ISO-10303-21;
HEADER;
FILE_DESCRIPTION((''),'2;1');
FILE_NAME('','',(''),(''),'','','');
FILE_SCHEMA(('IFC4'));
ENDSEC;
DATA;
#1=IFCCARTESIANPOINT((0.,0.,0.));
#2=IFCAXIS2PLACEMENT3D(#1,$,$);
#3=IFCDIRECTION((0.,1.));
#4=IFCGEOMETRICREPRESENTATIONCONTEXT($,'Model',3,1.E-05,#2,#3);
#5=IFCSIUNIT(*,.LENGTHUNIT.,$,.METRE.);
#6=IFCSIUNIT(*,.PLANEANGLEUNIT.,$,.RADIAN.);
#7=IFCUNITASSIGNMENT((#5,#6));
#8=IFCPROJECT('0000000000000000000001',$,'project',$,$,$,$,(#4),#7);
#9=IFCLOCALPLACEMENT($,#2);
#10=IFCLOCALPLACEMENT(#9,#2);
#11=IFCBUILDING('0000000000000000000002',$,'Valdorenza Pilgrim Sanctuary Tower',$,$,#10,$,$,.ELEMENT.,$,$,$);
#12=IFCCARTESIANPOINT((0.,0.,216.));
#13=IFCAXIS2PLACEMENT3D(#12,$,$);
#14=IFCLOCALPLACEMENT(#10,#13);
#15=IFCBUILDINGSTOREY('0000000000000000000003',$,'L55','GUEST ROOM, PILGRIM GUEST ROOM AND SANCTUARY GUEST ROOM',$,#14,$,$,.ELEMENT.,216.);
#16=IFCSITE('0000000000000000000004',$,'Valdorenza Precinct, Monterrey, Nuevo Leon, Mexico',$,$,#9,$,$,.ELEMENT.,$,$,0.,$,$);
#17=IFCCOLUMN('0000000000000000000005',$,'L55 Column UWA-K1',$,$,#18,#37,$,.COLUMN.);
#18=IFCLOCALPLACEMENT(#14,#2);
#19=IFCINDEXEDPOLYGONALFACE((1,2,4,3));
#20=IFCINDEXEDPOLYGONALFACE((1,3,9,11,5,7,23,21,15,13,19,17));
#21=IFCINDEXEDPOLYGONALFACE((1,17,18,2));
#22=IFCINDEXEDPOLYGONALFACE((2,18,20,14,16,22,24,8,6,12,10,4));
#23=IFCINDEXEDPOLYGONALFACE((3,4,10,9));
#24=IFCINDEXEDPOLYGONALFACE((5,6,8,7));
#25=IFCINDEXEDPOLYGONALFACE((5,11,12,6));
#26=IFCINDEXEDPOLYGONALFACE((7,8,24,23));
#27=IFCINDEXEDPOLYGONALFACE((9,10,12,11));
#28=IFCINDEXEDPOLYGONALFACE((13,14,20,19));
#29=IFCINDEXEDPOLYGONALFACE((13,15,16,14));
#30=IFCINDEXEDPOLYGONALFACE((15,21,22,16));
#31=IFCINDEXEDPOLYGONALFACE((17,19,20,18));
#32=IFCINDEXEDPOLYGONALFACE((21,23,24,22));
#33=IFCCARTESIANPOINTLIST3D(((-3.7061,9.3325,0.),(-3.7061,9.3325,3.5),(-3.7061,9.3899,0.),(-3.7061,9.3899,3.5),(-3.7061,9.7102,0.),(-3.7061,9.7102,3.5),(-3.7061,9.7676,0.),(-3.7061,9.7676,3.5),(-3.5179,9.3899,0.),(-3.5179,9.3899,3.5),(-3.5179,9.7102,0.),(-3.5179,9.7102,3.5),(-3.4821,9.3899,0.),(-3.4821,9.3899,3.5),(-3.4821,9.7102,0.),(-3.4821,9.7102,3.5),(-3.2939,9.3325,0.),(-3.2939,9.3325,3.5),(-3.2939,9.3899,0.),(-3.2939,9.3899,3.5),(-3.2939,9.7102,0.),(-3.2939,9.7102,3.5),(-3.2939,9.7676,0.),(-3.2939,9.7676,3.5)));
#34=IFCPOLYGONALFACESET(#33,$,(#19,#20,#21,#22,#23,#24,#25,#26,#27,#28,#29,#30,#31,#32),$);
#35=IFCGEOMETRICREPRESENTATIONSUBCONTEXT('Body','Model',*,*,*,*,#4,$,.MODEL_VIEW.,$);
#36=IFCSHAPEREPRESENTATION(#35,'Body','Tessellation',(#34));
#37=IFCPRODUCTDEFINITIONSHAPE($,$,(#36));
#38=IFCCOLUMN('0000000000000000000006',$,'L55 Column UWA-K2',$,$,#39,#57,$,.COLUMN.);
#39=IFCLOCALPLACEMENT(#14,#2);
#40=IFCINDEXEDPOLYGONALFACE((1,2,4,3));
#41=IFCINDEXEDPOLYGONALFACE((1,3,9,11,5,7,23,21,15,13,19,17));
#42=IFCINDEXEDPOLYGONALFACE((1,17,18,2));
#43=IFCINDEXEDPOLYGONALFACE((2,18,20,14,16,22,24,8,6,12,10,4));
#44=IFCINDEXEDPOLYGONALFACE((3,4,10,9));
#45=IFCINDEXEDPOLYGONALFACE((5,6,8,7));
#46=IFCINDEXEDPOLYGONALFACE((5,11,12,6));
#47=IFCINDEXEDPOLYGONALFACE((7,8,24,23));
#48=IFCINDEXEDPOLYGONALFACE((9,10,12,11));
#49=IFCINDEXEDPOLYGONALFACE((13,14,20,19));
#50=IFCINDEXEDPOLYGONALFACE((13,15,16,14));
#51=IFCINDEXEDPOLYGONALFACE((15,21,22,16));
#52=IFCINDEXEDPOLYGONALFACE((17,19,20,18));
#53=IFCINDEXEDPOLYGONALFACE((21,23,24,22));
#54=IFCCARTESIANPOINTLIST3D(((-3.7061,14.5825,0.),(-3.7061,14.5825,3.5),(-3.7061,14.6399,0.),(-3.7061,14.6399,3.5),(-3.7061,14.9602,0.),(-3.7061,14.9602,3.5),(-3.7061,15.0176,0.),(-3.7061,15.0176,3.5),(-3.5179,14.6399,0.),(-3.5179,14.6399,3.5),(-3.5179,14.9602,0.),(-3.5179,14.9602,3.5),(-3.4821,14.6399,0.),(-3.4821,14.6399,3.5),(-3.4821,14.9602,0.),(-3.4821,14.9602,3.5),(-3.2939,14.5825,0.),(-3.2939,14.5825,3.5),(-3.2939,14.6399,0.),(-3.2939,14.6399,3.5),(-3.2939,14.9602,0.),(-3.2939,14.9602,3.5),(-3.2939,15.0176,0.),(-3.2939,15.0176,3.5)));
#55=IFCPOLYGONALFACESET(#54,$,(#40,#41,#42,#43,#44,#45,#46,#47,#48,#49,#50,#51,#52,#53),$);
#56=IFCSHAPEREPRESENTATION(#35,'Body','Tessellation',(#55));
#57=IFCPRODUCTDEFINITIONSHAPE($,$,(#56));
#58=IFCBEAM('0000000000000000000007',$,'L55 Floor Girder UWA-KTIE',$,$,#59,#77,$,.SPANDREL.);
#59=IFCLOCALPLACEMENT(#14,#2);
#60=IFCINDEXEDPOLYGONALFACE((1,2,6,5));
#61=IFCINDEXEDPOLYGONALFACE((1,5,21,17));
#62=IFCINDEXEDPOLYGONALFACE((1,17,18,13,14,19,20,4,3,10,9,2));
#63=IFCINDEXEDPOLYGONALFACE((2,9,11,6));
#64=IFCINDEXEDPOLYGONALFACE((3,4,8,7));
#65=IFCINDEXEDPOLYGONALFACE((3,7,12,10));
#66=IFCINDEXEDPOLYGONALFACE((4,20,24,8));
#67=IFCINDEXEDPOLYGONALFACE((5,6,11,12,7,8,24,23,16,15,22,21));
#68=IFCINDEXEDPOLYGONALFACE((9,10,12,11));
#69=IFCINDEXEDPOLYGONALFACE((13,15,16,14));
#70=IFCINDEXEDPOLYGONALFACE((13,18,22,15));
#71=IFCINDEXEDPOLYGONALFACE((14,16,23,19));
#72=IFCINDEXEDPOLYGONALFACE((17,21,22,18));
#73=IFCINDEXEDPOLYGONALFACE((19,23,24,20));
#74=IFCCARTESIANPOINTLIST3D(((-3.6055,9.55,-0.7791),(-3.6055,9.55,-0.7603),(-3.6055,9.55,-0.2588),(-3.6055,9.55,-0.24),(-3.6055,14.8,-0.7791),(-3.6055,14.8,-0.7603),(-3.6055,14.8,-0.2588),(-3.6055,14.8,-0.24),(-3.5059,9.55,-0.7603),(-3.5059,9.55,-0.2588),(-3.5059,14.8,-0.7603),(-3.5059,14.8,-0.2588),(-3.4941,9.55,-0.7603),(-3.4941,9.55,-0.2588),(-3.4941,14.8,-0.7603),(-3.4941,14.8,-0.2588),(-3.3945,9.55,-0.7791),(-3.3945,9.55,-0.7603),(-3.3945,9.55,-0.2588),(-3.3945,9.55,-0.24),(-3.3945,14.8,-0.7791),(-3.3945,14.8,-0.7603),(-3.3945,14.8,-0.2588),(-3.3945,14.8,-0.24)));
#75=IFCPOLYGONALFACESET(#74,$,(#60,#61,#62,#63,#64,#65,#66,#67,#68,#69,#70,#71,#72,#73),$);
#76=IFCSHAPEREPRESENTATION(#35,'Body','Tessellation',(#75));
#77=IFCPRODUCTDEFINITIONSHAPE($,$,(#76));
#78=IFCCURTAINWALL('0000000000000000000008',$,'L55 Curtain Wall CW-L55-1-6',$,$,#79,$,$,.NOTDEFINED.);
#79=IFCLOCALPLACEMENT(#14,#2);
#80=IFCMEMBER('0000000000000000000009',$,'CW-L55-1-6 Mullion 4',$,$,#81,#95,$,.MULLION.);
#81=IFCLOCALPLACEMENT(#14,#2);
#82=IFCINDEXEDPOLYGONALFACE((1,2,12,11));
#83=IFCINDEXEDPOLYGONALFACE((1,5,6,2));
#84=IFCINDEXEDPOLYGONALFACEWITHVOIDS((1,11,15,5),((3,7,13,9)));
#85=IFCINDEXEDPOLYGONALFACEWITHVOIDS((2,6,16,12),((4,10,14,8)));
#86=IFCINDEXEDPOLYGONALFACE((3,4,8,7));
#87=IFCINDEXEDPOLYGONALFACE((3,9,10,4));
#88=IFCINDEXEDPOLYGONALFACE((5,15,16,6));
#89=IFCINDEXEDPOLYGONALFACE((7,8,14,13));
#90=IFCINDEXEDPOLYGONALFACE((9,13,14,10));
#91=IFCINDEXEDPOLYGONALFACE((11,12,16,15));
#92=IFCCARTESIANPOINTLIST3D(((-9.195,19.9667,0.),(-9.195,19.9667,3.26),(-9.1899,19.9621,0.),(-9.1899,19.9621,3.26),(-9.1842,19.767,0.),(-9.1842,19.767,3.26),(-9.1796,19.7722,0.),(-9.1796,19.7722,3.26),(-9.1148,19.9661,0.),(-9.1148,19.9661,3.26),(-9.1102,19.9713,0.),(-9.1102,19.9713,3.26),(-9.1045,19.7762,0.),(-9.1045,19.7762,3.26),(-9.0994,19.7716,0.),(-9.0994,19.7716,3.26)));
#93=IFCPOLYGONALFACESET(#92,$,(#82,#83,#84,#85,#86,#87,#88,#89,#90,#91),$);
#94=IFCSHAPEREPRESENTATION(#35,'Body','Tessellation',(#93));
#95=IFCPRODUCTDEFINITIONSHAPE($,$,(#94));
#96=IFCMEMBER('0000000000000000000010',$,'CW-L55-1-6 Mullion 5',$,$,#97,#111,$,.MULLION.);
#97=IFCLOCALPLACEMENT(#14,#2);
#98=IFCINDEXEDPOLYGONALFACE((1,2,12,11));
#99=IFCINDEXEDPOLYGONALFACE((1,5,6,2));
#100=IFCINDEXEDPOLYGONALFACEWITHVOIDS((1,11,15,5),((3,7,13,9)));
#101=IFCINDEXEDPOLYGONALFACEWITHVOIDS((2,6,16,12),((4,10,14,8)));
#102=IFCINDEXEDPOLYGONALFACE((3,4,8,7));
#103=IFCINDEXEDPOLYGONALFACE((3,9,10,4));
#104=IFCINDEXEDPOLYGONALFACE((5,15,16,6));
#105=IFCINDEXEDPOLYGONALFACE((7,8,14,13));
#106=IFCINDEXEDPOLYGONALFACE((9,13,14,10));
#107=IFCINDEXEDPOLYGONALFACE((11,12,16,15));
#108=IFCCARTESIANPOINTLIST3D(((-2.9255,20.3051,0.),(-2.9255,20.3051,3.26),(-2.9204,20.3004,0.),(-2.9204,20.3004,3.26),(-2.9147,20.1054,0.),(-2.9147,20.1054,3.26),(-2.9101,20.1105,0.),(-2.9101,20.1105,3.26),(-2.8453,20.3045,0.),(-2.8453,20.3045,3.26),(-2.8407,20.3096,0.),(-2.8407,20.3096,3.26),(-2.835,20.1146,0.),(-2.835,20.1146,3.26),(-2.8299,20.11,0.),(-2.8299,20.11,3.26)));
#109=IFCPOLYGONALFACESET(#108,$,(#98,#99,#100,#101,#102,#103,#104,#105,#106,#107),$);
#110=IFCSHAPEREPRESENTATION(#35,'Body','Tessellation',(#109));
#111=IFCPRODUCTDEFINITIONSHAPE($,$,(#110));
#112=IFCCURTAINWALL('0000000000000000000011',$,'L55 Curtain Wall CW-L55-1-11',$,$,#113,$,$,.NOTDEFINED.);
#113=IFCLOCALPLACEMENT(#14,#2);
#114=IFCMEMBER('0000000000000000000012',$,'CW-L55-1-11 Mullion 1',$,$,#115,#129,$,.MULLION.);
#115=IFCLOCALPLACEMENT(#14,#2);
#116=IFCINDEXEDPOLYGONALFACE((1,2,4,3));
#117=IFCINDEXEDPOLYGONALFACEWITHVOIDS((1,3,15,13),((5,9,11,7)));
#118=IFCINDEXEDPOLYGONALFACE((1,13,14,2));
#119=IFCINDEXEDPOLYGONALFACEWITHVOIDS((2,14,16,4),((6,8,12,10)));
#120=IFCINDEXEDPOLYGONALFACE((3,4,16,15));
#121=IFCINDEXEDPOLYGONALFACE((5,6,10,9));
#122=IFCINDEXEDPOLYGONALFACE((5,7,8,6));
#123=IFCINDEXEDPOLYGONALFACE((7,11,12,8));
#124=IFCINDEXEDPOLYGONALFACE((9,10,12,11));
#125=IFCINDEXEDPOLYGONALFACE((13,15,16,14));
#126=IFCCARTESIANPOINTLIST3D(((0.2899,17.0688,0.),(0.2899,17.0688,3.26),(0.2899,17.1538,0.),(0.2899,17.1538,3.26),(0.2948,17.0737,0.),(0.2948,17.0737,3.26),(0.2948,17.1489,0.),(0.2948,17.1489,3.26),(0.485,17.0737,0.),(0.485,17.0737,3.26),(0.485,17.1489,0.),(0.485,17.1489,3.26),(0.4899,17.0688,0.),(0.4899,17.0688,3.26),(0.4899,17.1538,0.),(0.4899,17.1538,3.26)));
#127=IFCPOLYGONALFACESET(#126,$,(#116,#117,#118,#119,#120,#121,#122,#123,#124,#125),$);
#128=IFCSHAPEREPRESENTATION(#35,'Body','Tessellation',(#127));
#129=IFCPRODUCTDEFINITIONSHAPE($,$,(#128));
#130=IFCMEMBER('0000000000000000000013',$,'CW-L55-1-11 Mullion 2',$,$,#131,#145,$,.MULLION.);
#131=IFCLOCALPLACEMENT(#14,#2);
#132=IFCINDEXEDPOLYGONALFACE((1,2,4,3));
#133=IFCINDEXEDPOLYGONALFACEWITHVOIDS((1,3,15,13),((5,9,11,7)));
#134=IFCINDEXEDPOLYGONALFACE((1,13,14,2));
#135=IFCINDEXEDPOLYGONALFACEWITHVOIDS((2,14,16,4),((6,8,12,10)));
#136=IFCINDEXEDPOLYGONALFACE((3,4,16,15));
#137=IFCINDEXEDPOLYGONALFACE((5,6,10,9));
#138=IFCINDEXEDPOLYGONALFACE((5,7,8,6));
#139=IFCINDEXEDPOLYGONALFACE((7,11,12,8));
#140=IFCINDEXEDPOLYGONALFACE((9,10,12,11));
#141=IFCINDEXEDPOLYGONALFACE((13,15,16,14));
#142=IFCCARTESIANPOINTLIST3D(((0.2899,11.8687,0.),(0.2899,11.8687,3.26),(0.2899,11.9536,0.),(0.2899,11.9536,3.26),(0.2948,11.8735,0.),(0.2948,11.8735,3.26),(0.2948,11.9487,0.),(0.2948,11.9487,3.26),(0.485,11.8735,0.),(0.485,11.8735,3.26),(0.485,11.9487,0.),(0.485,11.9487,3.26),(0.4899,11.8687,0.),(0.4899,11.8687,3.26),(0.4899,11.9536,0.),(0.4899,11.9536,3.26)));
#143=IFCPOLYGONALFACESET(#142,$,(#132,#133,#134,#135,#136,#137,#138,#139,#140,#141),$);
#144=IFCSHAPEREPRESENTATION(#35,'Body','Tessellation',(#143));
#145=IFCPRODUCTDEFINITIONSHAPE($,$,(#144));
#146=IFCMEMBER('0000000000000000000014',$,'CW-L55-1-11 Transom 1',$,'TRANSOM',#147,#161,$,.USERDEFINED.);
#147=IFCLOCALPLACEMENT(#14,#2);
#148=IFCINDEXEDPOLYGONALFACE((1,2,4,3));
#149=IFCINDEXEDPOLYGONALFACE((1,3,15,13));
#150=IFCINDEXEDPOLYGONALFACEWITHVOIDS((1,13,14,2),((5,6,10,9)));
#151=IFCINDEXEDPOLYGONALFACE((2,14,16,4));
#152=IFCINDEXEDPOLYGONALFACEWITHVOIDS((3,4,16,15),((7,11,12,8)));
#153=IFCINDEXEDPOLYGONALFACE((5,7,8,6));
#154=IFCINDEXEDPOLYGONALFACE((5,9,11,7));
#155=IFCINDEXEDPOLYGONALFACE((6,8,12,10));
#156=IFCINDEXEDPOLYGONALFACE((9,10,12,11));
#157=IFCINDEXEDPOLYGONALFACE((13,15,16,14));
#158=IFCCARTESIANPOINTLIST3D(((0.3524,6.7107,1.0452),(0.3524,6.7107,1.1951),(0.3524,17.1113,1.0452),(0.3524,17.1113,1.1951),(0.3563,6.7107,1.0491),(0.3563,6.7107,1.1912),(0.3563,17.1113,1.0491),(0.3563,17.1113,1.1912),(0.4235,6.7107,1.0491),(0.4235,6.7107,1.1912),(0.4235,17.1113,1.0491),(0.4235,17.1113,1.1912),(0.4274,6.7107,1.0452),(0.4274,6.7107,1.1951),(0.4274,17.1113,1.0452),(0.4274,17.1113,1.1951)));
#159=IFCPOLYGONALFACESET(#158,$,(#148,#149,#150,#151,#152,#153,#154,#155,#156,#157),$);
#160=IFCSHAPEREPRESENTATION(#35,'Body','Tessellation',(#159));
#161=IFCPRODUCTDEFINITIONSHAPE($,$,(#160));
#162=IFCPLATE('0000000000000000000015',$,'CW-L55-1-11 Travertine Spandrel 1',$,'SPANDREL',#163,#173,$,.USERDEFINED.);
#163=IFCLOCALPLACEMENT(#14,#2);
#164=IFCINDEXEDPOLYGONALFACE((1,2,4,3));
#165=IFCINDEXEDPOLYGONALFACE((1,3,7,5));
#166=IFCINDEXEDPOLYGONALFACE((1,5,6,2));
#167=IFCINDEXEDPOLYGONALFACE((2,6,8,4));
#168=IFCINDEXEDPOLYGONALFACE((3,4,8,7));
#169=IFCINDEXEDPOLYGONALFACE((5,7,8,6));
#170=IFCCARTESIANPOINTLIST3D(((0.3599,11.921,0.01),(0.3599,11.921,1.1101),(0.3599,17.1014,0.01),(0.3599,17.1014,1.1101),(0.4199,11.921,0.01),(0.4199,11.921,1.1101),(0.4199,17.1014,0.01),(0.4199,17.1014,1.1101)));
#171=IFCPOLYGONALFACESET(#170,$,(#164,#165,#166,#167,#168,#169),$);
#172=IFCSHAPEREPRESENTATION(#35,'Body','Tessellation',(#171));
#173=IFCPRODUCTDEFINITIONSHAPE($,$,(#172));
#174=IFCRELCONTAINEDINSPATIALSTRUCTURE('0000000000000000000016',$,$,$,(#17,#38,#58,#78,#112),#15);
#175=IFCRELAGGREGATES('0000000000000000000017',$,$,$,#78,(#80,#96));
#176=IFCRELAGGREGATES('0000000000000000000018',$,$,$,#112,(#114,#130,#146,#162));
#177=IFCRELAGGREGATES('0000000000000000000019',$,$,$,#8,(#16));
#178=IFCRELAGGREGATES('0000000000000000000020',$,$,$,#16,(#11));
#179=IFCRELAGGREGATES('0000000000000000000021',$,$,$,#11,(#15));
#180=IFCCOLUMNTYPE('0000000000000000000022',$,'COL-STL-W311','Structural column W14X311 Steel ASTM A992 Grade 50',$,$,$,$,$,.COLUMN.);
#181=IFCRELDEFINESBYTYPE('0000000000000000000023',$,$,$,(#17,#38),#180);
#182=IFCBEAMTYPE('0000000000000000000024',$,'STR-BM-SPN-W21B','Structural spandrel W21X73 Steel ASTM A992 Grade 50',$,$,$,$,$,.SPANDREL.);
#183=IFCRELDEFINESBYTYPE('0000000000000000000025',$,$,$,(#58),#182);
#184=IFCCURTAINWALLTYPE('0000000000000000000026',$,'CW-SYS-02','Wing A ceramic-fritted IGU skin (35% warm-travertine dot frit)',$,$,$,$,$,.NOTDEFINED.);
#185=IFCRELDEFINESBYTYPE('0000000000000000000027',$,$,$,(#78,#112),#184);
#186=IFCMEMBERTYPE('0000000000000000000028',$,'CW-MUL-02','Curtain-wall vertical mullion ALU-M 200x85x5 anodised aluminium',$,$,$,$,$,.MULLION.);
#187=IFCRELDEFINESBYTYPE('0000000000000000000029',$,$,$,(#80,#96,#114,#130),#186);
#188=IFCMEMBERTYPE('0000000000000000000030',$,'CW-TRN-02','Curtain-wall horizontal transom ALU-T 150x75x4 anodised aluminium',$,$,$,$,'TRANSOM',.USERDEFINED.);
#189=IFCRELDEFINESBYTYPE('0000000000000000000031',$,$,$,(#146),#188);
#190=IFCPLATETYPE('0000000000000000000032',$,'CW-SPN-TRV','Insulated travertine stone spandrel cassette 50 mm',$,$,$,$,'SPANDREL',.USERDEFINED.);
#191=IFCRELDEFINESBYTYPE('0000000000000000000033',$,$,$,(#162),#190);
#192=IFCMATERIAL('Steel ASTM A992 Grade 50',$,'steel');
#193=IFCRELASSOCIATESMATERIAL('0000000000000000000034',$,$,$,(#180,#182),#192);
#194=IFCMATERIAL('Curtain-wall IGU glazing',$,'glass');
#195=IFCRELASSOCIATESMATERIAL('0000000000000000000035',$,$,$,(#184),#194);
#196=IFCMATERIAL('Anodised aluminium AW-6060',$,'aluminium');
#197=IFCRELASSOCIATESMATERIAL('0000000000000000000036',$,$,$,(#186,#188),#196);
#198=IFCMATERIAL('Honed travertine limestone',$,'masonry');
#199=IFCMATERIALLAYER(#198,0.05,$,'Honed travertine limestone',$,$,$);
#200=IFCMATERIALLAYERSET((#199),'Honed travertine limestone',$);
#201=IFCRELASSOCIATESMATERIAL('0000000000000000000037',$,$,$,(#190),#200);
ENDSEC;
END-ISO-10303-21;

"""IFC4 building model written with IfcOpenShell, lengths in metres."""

from ifc_helpers import new_model, si_unit, direction, frame, origin, origin_2d, place, context, subcontext, project, spatial, rectangle, hollow_rectangle, i_section, extrude, source, transform, mapped, material, layer, layer_set, material_profile, profile_set, type_object, element, aggregate, save


model = new_model("IFC4")

# Units and contexts
model_context = context("Model", 3, precision=1e-05, world=origin(), true_north=direction((0.0, 1.0)))
body_context = subcontext(model_context, "Body", "Model", "MODEL_VIEW")
ifc_project = project(units=[si_unit("LENGTHUNIT", "METRE"), si_unit("PLANEANGLEUNIT", "RADIAN")], contexts=[model_context])

# Site, building, storey
site_placement = place(None, origin())
site = spatial("IfcSite", under=ifc_project, at=site_placement, Name="Valdorenza Precinct, Monterrey, Nuevo Leon, Mexico", CompositionType="ELEMENT", RefElevation=0.0)
building_placement = place(site_placement, origin())
building = spatial("IfcBuilding", under=site, at=building_placement, Name="Valdorenza Pilgrim Sanctuary Tower", CompositionType="ELEMENT")
storey_placement = place(building_placement, frame((0.0, 0.0, 216.0)))
storey = spatial("IfcBuildingStorey", under=building, at=storey_placement, Name="L55", Description="GUEST ROOM, PILGRIM GUEST ROOM AND SANCTUARY GUEST ROOM", CompositionType="ELEMENT", Elevation=216.0)

# Columns
ifc_material_1 = material(Name="Steel ASTM A992 Grade 50", Category="steel")
ifc_material_profile_1 = material_profile(ifc_material_1, i_section(OverallWidth=0.4121, OverallDepth=0.4351, WebThickness=0.0359, FlangeThickness=0.0574, at=origin_2d()), Name="W14X311")
ifc_profile_set_1 = profile_set([ifc_material_profile_1], Name="Steel ASTM A992 Grade 50")
column_type = type_object("IfcColumnType", Name="COL-STL-W311", Description="Structural column W14X311 Steel ASTM A992 Grade 50", PredefinedType="COLUMN", material=ifc_profile_set_1)
shared_shape_1 = source(origin(), body_context, "Body", "SweptSolid", [
    extrude(i_section(OverallWidth=0.4121, OverallDepth=0.4351, WebThickness=0.0359, FlangeThickness=0.0574, at=origin_2d()), origin(), (0.0, 0.0, 1.0), 3.5),
])
for number, where, z_axis, x_axis, name in (
    (1, (-3.5, 9.55, 0.0), (0.0, 0.0, 1.0), (1.0, 0.0, 0.0), "L55 Column UWA-K1"),
    (2, (-3.5, 14.8, 0.0), (0.0, 0.0, 1.0), (1.0, 0.0, 0.0), "L55 Column UWA-K2"),
):
    element("IfcColumn", number, at=place(storey_placement, frame(where, z_axis=z_axis, x_axis=x_axis)), inside=storey, type_object=column_type, Name=name, PredefinedType="COLUMN", context=body_context, shape_type="MappedRepresentation", body=[
        mapped(shared_shape_1, transform((0.0, 0.0, 0.0), x_axis=(1.0, 0.0, 0.0), y_axis=(0.0, 1.0, 0.0), z_axis=(0.0, 0.0, 1.0), scale=1.0)),
    ])

# Beam
ifc_material_profile_2 = material_profile(ifc_material_1, i_section(OverallWidth=0.2109, OverallDepth=0.5391, WebThickness=0.0117, FlangeThickness=0.0188, at=origin_2d()), Name="W21X73")
ifc_profile_set_2 = profile_set([ifc_material_profile_2], Name="Steel ASTM A992 Grade 50")
beam_type = type_object("IfcBeamType", Name="STR-BM-SPN-W21B", Description="Structural spandrel W21X73 Steel ASTM A992 Grade 50", PredefinedType="SPANDREL", material=ifc_profile_set_2)
shared_shape_2 = source(origin(), body_context, "Body", "SweptSolid", [
    extrude(i_section(OverallWidth=0.2109, OverallDepth=0.5391, WebThickness=0.0117, FlangeThickness=0.0188, at=origin_2d()), origin(), (0.0, 0.0, 1.0), 5.25),
])
beam_placement = place(storey_placement, frame((-3.5, 9.55, -0.5095), z_axis=(0.0, 1.0, 0.0), x_axis=(-1.0, 0.0, 0.0)))
element("IfcBeam", 3, at=beam_placement, inside=storey, type_object=beam_type, Name="L55 Floor Girder UWA-KTIE", PredefinedType="SPANDREL", context=body_context, shape_type="MappedRepresentation", body=[
    mapped(shared_shape_2, transform((0.0, 0.0, 0.0), x_axis=(1.0, 0.0, 0.0), y_axis=(0.0, 1.0, 0.0), z_axis=(0.0, 0.0, 1.0), scale=1.0)),
])

# Curtain wall, members
ifc_material_2 = material(Name="Curtain-wall IGU glazing", Category="glass")
curtain_wall_type = type_object("IfcCurtainWallType", Name="CW-SYS-02", Description="Wing A ceramic-fritted IGU skin (35% warm-travertine dot frit)", PredefinedType="NOTDEFINED", material=ifc_material_2)
curtain_wall_1_placement = place(storey_placement, origin())
curtain_wall_1 = element("IfcCurtainWall", 4, at=curtain_wall_1_placement, inside=storey, type_object=curtain_wall_type, Name="L55 Curtain Wall CW-L55-1-6", PredefinedType="NOTDEFINED")
ifc_material_3 = material(Name="Anodised aluminium AW-6060", Category="aluminium")
ifc_material_profile_3 = material_profile(ifc_material_3, hollow_rectangle(XDim=0.085, YDim=0.2, WallThickness=0.0049, at=origin_2d()), Name="ALU-M 200x85x5")
ifc_profile_set_3 = profile_set([ifc_material_profile_3], Name="Anodised aluminium AW-6060")
member_type_1 = type_object("IfcMemberType", Name="CW-MUL-02", Description="Curtain-wall vertical mullion ALU-M 200x85x5 anodised aluminium", PredefinedType="MULLION", material=ifc_profile_set_3)
shared_shape_3 = source(origin(), body_context, "Body", "SweptSolid", [
    extrude(hollow_rectangle(XDim=0.085, YDim=0.2, WallThickness=0.0049, at=origin_2d()), origin(), (0.0, 0.0, 1.0), 3.26),
])
member_1_placement = place(storey_placement, frame((-9.1472, 19.8691, 0.0), z_axis=(0.0, 0.0, 1.0), x_axis=(0.998547, 0.053887, 0.0)))
member_1 = element("IfcMember", 5, at=member_1_placement, type_object=member_type_1, Name="CW-L55-1-6 Mullion 4", PredefinedType="MULLION", context=body_context, shape_type="MappedRepresentation", body=[
    mapped(shared_shape_3, transform((0.0, 0.0, 0.0), x_axis=(1.0, 0.0, 0.0), y_axis=(0.0, 1.0, 0.0), z_axis=(0.0, 0.0, 1.0), scale=1.0)),
])
member_2_placement = place(storey_placement, frame((-2.8777, 20.2075, 0.0), z_axis=(0.0, 0.0, 1.0), x_axis=(0.998547, 0.053887, 0.0)))
member_2 = element("IfcMember", 6, at=member_2_placement, type_object=member_type_1, Name="CW-L55-1-6 Mullion 5", PredefinedType="MULLION", context=body_context, shape_type="MappedRepresentation", body=[
    mapped(shared_shape_3, transform((0.0, 0.0, 0.0), x_axis=(1.0, 0.0, 0.0), y_axis=(0.0, 1.0, 0.0), z_axis=(0.0, 0.0, 1.0), scale=1.0)),
])

# Curtain wall, members, plate
curtain_wall_2_placement = place(storey_placement, origin())
curtain_wall_2 = element("IfcCurtainWall", 7, at=curtain_wall_2_placement, inside=storey, type_object=curtain_wall_type, Name="L55 Curtain Wall CW-L55-1-11", PredefinedType="NOTDEFINED")
member_3_placement = place(storey_placement, frame((0.3899, 17.1113, 0.0), z_axis=(0.0, 0.0, 1.0), x_axis=(0.0, -1.0, 0.0)))
member_3 = element("IfcMember", 8, at=member_3_placement, type_object=member_type_1, Name="CW-L55-1-11 Mullion 1", PredefinedType="MULLION", context=body_context, shape_type="MappedRepresentation", body=[
    mapped(shared_shape_3, transform((0.0, 0.0, 0.0), x_axis=(1.0, 0.0, 0.0), y_axis=(0.0, 1.0, 0.0), z_axis=(0.0, 0.0, 1.0), scale=1.0)),
])
member_4_placement = place(storey_placement, frame((0.3899, 11.9111, 0.0), z_axis=(0.0, 0.0, 1.0), x_axis=(0.0, -1.0, 0.0)))
member_4 = element("IfcMember", 9, at=member_4_placement, type_object=member_type_1, Name="CW-L55-1-11 Mullion 2", PredefinedType="MULLION", context=body_context, shape_type="MappedRepresentation", body=[
    mapped(shared_shape_3, transform((0.0, 0.0, 0.0), x_axis=(1.0, 0.0, 0.0), y_axis=(0.0, 1.0, 0.0), z_axis=(0.0, 0.0, 1.0), scale=1.0)),
])
ifc_material_profile_4 = material_profile(ifc_material_3, hollow_rectangle(XDim=0.075, YDim=0.1499, WallThickness=0.0039, at=origin_2d()), Name="ALU-T 150x75x4")
ifc_profile_set_4 = profile_set([ifc_material_profile_4], Name="Anodised aluminium AW-6060")
member_type_2 = type_object("IfcMemberType", Name="CW-TRN-02", Description="Curtain-wall horizontal transom ALU-T 150x75x4 anodised aluminium", ElementType="TRANSOM", PredefinedType="USERDEFINED", material=ifc_profile_set_4)
shared_shape_4 = source(origin(), body_context, "Body", "SweptSolid", [
    extrude(hollow_rectangle(XDim=0.075, YDim=0.1499, WallThickness=0.0039, at=origin_2d()), origin(), (0.0, 0.0, 1.0), 10.4006),
])
member_5_placement = place(storey_placement, frame((0.3899, 17.1113, 1.1201), z_axis=(0.0, -1.0, 0.0), x_axis=(1.0, 0.0, 0.0)))
member_5 = element("IfcMember", 10, at=member_5_placement, type_object=member_type_2, Name="CW-L55-1-11 Transom 1", ObjectType="TRANSOM", PredefinedType="USERDEFINED", context=body_context, shape_type="MappedRepresentation", body=[
    mapped(shared_shape_4, transform((0.0, 0.0, 0.0), x_axis=(1.0, 0.0, 0.0), y_axis=(0.0, 1.0, 0.0), z_axis=(0.0, 0.0, 1.0), scale=1.0)),
])
ifc_material_4 = material(Name="Honed travertine limestone", Category="masonry")
ifc_layer_1 = layer(ifc_material_4, 0.05, Name="Honed travertine limestone")
ifc_layer_set_1 = layer_set([ifc_layer_1], Name="Honed travertine limestone")
plate_type_1 = type_object("IfcPlateType", Name="CW-SPN-TRV", Description="Insulated travertine stone spandrel cassette 50 mm", ElementType="SPANDREL", PredefinedType="USERDEFINED", material=ifc_layer_set_1)
shared_shape_5 = source(origin(), body_context, "Body", "SweptSolid", [
    extrude(rectangle(XDim=5.1804, YDim=0.0601, at=origin_2d()), origin(), (0.0, 0.0, 1.0), 1.1001),
])
plate_1_placement = place(storey_placement, frame((0.3899, 14.5112, 0.01), z_axis=(0.0, 0.0, 1.0), x_axis=(0.0, -1.0, 0.0)))
plate_1 = element("IfcPlate", 11, at=plate_1_placement, type_object=plate_type_1, Name="CW-L55-1-11 Travertine Spandrel 1", ObjectType="SPANDREL", PredefinedType="USERDEFINED", context=body_context, shape_type="MappedRepresentation", body=[
    mapped(shared_shape_5, transform((0.0, 0.0, 0.0), x_axis=(1.0, 0.0, 0.0), y_axis=(0.0, 1.0, 0.0), z_axis=(0.0, 0.0, 1.0), scale=1.0)),
])

aggregate(curtain_wall_1, [member_1, member_2])
aggregate(curtain_wall_2, [member_3, member_4, member_5, plate_1])

save(model, "model.ifc")
